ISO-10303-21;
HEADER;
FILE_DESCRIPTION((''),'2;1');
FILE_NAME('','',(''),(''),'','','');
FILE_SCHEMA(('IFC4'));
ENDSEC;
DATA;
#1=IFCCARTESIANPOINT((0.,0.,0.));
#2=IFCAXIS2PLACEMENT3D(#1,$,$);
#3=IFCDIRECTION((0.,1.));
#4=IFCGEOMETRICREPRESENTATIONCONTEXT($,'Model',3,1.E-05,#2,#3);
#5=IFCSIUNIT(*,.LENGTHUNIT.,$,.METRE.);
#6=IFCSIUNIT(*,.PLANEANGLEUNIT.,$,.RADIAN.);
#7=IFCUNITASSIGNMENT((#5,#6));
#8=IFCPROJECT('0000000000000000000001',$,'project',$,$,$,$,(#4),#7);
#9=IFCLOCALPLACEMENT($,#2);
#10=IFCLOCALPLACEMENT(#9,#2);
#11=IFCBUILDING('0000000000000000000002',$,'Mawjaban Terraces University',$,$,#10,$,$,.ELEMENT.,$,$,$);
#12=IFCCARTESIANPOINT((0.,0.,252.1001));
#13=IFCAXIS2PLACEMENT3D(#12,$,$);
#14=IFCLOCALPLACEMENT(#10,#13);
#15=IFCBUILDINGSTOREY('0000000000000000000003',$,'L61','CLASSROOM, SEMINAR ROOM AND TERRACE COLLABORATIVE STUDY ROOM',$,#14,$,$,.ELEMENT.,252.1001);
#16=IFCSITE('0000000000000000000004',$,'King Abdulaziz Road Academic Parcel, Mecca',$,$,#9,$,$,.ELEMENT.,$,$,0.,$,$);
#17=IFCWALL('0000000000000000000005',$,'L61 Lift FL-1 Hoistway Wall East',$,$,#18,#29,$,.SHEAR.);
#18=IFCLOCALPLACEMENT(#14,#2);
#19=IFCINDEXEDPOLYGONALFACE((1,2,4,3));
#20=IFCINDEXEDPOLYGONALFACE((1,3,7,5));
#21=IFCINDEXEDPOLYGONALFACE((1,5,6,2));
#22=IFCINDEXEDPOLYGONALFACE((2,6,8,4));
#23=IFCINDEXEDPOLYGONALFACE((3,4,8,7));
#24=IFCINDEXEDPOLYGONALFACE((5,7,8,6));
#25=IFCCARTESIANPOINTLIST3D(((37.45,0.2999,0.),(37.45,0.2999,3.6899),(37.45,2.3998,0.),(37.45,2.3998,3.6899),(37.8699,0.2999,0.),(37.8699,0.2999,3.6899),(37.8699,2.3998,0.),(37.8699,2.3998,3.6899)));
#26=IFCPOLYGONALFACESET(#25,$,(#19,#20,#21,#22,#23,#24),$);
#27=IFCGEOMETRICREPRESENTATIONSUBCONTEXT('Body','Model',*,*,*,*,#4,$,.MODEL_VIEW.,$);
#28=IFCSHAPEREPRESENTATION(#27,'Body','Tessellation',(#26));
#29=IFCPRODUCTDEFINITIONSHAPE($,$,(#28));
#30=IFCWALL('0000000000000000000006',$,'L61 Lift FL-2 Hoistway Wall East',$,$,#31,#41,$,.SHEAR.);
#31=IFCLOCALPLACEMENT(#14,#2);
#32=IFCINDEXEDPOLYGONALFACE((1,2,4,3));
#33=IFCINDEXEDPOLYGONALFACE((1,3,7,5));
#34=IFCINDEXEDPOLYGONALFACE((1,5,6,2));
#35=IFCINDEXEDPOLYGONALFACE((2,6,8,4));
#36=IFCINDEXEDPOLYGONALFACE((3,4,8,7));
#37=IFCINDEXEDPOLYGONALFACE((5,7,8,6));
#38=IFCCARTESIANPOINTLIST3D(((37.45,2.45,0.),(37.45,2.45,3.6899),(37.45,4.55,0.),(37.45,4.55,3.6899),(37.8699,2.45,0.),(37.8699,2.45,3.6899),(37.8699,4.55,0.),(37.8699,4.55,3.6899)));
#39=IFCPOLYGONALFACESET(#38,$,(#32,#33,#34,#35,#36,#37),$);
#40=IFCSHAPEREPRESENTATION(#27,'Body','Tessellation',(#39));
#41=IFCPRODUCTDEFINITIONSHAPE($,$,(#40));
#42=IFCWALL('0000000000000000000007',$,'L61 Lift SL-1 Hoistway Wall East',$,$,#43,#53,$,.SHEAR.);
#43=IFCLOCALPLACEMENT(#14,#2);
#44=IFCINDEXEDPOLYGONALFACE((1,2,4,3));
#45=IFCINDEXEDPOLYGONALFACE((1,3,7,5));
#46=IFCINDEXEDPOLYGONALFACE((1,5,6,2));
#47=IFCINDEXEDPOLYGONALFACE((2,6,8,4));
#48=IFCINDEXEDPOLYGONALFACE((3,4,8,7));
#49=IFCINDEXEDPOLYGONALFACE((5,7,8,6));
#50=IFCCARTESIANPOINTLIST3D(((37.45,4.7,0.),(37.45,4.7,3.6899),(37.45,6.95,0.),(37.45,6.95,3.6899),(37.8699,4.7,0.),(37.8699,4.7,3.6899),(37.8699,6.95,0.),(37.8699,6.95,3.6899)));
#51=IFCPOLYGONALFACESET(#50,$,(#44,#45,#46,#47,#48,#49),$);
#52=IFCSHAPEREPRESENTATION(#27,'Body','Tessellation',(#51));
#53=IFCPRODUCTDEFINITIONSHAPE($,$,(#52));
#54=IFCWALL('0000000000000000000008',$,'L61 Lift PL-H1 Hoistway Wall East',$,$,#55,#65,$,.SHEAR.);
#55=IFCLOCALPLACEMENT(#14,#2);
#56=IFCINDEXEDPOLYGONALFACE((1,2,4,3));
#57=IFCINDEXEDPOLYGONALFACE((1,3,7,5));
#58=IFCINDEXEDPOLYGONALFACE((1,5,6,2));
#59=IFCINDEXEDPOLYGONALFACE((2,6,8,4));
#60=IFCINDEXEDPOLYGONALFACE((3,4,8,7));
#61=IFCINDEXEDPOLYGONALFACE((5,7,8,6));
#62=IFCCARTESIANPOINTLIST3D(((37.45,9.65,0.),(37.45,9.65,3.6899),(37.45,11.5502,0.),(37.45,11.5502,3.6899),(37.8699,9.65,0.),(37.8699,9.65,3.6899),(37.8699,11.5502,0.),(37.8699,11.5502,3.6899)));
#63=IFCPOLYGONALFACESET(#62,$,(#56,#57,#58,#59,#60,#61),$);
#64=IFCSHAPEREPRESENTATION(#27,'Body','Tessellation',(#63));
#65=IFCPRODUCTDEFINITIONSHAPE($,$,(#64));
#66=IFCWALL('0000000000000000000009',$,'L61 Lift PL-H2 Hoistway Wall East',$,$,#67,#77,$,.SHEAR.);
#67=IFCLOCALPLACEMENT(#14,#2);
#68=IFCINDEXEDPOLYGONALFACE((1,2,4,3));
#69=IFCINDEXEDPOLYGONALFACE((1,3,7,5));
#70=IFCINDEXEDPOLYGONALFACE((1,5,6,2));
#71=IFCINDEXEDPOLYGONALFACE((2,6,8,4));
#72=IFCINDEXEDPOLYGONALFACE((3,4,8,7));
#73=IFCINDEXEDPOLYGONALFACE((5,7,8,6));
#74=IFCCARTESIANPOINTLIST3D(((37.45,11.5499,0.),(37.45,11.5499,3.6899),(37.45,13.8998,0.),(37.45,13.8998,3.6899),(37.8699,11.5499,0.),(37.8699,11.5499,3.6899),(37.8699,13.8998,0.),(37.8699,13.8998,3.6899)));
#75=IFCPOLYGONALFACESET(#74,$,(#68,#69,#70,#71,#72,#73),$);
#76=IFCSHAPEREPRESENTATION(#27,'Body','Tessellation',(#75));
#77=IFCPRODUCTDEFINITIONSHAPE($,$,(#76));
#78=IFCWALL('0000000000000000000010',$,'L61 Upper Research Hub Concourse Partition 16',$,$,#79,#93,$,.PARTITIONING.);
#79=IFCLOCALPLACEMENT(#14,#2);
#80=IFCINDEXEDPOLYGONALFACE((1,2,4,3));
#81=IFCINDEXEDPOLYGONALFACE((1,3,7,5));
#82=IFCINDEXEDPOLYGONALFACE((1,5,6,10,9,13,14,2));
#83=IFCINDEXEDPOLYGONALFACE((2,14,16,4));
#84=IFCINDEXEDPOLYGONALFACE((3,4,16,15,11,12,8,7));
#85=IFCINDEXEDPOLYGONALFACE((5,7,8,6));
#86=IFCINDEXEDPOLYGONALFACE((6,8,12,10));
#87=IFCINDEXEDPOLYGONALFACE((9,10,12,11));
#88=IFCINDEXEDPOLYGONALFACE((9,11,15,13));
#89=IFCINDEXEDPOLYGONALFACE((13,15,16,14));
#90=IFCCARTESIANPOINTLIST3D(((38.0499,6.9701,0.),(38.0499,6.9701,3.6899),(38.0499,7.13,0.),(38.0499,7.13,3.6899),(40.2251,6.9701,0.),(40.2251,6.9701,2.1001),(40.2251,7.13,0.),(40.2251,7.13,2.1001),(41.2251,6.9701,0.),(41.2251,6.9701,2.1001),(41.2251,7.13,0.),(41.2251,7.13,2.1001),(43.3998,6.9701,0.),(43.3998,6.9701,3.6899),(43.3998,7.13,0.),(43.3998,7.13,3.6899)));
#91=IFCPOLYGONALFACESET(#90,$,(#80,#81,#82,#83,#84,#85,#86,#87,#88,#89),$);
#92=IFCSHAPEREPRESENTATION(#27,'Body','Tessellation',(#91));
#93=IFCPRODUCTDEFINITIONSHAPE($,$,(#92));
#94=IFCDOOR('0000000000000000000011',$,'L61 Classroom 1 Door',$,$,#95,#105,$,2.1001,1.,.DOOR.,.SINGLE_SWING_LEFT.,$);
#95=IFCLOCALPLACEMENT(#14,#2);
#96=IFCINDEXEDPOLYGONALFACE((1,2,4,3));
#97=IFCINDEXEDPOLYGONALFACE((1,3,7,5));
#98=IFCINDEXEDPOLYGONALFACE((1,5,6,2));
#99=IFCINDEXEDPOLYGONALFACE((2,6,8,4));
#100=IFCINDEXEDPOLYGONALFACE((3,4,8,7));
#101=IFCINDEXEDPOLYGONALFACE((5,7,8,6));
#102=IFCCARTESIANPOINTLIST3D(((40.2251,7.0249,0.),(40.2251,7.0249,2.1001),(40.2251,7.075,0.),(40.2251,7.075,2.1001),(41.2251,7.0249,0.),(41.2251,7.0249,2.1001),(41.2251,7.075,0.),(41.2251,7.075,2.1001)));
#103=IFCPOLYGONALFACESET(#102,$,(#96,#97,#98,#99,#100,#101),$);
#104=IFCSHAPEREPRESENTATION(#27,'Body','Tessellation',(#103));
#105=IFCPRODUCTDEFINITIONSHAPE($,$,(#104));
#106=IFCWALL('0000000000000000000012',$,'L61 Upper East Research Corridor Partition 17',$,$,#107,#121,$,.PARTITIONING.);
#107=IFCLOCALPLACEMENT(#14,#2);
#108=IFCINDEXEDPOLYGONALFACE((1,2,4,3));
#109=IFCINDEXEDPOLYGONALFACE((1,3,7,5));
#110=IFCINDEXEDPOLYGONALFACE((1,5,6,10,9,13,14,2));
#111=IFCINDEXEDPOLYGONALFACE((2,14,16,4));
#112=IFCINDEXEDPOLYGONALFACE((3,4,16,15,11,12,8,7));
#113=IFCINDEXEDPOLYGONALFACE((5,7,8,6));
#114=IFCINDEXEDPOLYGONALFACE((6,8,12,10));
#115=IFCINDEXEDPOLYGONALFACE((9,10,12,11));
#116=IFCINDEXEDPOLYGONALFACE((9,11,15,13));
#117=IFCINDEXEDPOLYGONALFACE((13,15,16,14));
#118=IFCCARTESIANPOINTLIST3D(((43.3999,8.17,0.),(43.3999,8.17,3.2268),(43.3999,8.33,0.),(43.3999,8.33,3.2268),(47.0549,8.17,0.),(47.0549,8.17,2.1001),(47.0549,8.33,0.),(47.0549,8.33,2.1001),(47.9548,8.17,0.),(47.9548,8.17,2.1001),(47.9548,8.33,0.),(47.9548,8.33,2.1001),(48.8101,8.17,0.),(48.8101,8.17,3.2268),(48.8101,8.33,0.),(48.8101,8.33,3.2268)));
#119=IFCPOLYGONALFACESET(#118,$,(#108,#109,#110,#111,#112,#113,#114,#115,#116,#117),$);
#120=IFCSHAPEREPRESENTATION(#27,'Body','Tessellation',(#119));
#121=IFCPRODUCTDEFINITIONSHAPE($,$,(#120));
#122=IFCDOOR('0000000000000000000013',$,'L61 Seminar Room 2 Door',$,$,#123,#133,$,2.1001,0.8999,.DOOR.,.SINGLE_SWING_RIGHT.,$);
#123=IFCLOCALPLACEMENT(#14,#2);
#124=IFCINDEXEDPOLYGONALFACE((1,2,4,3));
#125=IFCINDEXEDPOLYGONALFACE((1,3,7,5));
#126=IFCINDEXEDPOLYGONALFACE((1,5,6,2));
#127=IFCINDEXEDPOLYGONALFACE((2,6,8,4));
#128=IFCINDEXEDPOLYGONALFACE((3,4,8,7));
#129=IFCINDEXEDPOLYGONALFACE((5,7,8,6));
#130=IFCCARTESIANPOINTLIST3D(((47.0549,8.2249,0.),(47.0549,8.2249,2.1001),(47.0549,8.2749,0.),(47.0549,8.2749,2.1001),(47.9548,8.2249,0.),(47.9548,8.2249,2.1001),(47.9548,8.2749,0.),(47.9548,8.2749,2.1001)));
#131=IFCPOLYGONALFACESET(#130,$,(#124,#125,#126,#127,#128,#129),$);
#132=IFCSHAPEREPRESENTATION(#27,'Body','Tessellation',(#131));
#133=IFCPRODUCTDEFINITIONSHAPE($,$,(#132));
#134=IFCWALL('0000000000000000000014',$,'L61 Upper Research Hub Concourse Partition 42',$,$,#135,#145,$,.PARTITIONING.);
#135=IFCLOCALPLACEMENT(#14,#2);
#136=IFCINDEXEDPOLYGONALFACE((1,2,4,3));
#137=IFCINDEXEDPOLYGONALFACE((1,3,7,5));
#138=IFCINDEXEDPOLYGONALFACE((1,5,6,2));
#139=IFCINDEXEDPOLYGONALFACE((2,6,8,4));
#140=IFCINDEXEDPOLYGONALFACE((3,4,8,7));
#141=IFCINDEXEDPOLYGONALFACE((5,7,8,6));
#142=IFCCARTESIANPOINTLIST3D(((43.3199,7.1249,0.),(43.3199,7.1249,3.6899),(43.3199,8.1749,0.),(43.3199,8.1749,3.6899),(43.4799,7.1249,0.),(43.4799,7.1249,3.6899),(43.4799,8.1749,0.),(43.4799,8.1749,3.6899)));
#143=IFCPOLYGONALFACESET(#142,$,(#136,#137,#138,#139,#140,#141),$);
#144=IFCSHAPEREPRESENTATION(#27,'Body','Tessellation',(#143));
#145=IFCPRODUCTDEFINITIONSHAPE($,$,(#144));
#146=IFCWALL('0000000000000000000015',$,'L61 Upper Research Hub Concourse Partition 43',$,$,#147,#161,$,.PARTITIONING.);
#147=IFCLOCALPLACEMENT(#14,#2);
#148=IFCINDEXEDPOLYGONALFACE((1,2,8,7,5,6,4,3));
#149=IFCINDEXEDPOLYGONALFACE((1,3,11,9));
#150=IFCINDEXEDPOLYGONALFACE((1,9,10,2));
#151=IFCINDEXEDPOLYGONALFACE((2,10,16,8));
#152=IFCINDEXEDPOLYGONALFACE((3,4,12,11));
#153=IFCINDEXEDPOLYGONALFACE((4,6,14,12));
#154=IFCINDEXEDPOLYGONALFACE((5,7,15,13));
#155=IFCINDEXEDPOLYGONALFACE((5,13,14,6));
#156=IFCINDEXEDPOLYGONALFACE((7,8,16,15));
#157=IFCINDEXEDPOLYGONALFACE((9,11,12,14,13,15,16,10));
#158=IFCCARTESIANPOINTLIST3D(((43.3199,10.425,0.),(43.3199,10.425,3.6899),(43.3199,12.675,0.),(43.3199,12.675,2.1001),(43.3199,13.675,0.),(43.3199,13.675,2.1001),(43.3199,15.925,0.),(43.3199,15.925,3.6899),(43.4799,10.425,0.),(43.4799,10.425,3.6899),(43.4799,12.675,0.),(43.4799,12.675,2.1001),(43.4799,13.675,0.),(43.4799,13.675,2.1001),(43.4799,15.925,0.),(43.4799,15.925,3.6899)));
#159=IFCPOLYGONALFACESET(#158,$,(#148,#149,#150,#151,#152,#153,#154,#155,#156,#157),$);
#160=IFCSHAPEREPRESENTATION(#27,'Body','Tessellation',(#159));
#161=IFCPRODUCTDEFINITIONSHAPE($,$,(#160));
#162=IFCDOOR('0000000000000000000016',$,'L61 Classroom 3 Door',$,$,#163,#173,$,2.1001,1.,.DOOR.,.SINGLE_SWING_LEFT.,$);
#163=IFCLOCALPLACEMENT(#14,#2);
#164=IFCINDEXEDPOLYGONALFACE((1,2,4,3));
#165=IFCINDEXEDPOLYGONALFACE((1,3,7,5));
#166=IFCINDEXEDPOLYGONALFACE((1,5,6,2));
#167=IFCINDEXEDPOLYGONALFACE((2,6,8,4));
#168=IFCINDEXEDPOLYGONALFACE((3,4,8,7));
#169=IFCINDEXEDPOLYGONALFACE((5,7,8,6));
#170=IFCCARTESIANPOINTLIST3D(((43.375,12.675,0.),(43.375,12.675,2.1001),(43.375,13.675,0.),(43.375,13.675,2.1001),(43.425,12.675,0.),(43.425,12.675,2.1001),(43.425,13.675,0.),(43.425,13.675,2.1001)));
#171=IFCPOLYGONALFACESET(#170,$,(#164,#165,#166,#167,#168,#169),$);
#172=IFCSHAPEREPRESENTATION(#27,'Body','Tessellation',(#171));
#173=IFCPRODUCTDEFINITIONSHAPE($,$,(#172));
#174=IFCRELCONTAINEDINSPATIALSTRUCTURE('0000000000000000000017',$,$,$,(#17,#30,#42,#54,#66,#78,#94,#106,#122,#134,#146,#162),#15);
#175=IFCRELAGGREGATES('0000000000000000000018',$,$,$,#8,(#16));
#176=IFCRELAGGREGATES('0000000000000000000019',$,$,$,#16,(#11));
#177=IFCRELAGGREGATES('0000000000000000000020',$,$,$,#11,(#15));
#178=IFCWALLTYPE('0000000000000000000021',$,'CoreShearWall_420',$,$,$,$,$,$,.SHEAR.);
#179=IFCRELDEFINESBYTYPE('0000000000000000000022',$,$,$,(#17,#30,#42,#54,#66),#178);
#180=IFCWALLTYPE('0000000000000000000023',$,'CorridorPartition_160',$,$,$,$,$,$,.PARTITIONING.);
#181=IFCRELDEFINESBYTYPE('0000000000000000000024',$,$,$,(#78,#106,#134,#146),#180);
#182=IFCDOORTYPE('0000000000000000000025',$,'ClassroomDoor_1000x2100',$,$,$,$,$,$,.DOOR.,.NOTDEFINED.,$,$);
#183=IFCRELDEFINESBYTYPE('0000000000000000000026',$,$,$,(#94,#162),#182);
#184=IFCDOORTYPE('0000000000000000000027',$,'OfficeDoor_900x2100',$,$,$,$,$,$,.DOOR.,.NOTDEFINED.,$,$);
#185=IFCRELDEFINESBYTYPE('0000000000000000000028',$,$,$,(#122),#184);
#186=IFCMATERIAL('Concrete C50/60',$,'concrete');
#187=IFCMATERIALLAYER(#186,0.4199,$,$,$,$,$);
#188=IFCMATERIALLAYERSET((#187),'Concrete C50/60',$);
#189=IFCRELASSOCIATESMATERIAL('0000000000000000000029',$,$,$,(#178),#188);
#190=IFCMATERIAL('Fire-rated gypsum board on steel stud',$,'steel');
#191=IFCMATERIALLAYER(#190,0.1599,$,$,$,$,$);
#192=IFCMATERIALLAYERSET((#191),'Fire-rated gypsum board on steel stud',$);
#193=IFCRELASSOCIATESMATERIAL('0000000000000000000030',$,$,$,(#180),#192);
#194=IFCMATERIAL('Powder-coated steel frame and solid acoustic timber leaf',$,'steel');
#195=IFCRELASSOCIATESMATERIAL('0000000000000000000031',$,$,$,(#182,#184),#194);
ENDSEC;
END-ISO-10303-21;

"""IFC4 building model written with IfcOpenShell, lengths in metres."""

from ifc_helpers import new_model, si_unit, direction, frame, frame_2d, origin, place, context, subcontext, project, spatial, rectangle, extrude, material, layer, layer_set, type_object, element, fill, save


model = new_model("IFC4")

# Units and contexts
model_context = context("Model", 3, precision=1e-05, world=origin(), true_north=direction((0.0, 1.0)))
body_context = subcontext(model_context, "Body", "Model", "MODEL_VIEW")
ifc_project = project(units=[si_unit("LENGTHUNIT", "METRE"), si_unit("PLANEANGLEUNIT", "RADIAN")], contexts=[model_context])

# Site, building, storey
site_placement = place(None, origin())
site = spatial("IfcSite", under=ifc_project, at=site_placement, Name="King Abdulaziz Road Academic Parcel, Mecca", CompositionType="ELEMENT", RefElevation=0.0)
building_placement = place(site_placement, origin())
building = spatial("IfcBuilding", under=site, at=building_placement, Name="Mawjaban Terraces University", CompositionType="ELEMENT")
storey_placement = place(building_placement, frame((0.0, 0.0, 252.1001)))
storey = spatial("IfcBuildingStorey", under=building, at=storey_placement, Name="L61", Description="CLASSROOM, SEMINAR ROOM AND TERRACE COLLABORATIVE STUDY ROOM", CompositionType="ELEMENT", Elevation=252.1001)

# Shared definitions
ifc_material_1 = material(Name="Concrete C50/60", Category="concrete")

# Walls
ifc_layer_1 = layer(ifc_material_1, 0.4199)
ifc_layer_set_1 = layer_set([ifc_layer_1], Name="Concrete C50/60")
wall_type_1 = type_object("IfcWallType", Name="CoreShearWall_420", PredefinedType="SHEAR", material=ifc_layer_set_1)
wall_1_placement = place(storey_placement, frame((37.6599, 0.3, 0.0), z_axis=(0.0, 0.0, 1.0), x_axis=(0.0, 1.0, 0.0)))
element("IfcWall", 1, at=wall_1_placement, inside=storey, type_object=wall_type_1, Name="L61 Lift FL-1 Hoistway Wall East", PredefinedType="SHEAR", context=body_context, shape_type="SweptSolid", body=[
    extrude(rectangle(XDim=2.0999, YDim=0.4199, at=frame_2d((1.0498, 0.0))), origin(), (0.0, 0.0, 1.0), 3.6899),
])
wall_2_placement = place(storey_placement, frame((37.6599, 2.45, 0.0), z_axis=(0.0, 0.0, 1.0), x_axis=(0.0, 1.0, 0.0)))
element("IfcWall", 2, at=wall_2_placement, inside=storey, type_object=wall_type_1, Name="L61 Lift FL-2 Hoistway Wall East", PredefinedType="SHEAR", context=body_context, shape_type="SweptSolid", body=[
    extrude(rectangle(XDim=2.1001, YDim=0.4199, at=frame_2d((1.05, 0.0))), origin(), (0.0, 0.0, 1.0), 3.6899),
])
wall_3_placement = place(storey_placement, frame((37.6599, 4.7, 0.0), z_axis=(0.0, 0.0, 1.0), x_axis=(0.0, 1.0, 0.0)))
element("IfcWall", 3, at=wall_3_placement, inside=storey, type_object=wall_type_1, Name="L61 Lift SL-1 Hoistway Wall East", PredefinedType="SHEAR", context=body_context, shape_type="SweptSolid", body=[
    extrude(rectangle(XDim=2.25, YDim=0.4199, at=frame_2d((1.125, 0.0))), origin(), (0.0, 0.0, 1.0), 3.6899),
])
wall_4_placement = place(storey_placement, frame((37.6599, 9.6499, 0.0), z_axis=(0.0, 0.0, 1.0), x_axis=(0.0, 1.0, 0.0)))
element("IfcWall", 4, at=wall_4_placement, inside=storey, type_object=wall_type_1, Name="L61 Lift PL-H1 Hoistway Wall East", PredefinedType="SHEAR", context=body_context, shape_type="SweptSolid", body=[
    extrude(rectangle(XDim=1.9001, YDim=0.4199, at=frame_2d((0.9502, 0.0))), origin(), (0.0, 0.0, 1.0), 3.6899),
])
wall_5_placement = place(storey_placement, frame((37.6599, 11.55, 0.0), z_axis=(0.0, 0.0, 1.0), x_axis=(0.0, 1.0, 0.0)))
element("IfcWall", 5, at=wall_5_placement, inside=storey, type_object=wall_type_1, Name="L61 Lift PL-H2 Hoistway Wall East", PredefinedType="SHEAR", context=body_context, shape_type="SweptSolid", body=[
    extrude(rectangle(XDim=2.3499, YDim=0.4199, at=frame_2d((1.1748, 0.0))), origin(), (0.0, 0.0, 1.0), 3.6899),
])

# Walls, openings, doors
ifc_material_2 = material(Name="Fire-rated gypsum board on steel stud", Category="steel")
ifc_layer_2 = layer(ifc_material_2, 0.1599)
ifc_layer_set_2 = layer_set([ifc_layer_2], Name="Fire-rated gypsum board on steel stud")
wall_type_2 = type_object("IfcWallType", Name="CorridorPartition_160", PredefinedType="PARTITIONING", material=ifc_layer_set_2)
wall_6_placement = place(storey_placement, frame((38.05, 7.05, 0.0), z_axis=(0.0, 0.0, 1.0), x_axis=(1.0, 0.0, 0.0)))
wall_6 = element("IfcWall", 6, at=wall_6_placement, inside=storey, type_object=wall_type_2, Name="L61 Upper Research Hub Concourse Partition 16", PredefinedType="PARTITIONING", context=body_context, shape_type="SweptSolid", body=[
    extrude(rectangle(XDim=5.3499, YDim=0.1599, at=frame_2d((2.6748, 0.0))), origin(), (0.0, 0.0, 1.0), 3.6899),
])
opening_1_placement = place(wall_6_placement, frame((2.175, 0.0, 0.0)))
opening_1 = element("IfcOpeningElement", 7, at=opening_1_placement, cuts=wall_6, PredefinedType="OPENING", context=body_context, shape_type="SweptSolid", body=[
    extrude(rectangle(XDim=1.0, YDim=2.1001, at=frame_2d((0.5, 1.05))), frame((0.0, 0.0898, 0.0), z_axis=(0.0, -1.0, 0.0), x_axis=(1.0, 0.0, 0.0)), (0.0, 0.0, 1.0), 0.1799),
])
ifc_material_3 = material(Name="Powder-coated steel frame and solid acoustic timber leaf", Category="steel")
door_type_1 = type_object("IfcDoorType", Name="ClassroomDoor_1000x2100", OperationType="NOTDEFINED", PredefinedType="DOOR", material=ifc_material_3)
door_1_placement = place(opening_1_placement, origin())
door_1 = element("IfcDoor", 8, at=door_1_placement, inside=storey, type_object=door_type_1, Name="L61 Classroom 1 Door", OperationType="SINGLE_SWING_LEFT", OverallHeight=2.1001, OverallWidth=1.0, PredefinedType="DOOR", context=body_context, shape_type="SweptSolid", body=[
    extrude(rectangle(XDim=1.0, YDim=2.1001, at=frame_2d((0.5, 1.05))), frame((0.0, 0.0249, 0.0), z_axis=(0.0, -1.0, 0.0), x_axis=(1.0, 0.0, 0.0)), (0.0, 0.0, 1.0), 0.05),
])
fill(opening_1, door_1)
wall_7_placement = place(storey_placement, frame((43.3999, 8.25, 0.0), z_axis=(0.0, 0.0, 1.0), x_axis=(1.0, 0.0, 0.0)))
wall_7 = element("IfcWall", 9, at=wall_7_placement, inside=storey, type_object=wall_type_2, Name="L61 Upper East Research Corridor Partition 17", PredefinedType="PARTITIONING", context=body_context, shape_type="SweptSolid", body=[
    extrude(rectangle(XDim=5.4102, YDim=0.1599, at=frame_2d((2.7051, 0.0))), origin(), (0.0, 0.0, 1.0), 3.2268),
])
opening_2_placement = place(wall_7_placement, frame((3.655, 0.0, 0.0)))
opening_2 = element("IfcOpeningElement", 10, at=opening_2_placement, cuts=wall_7, PredefinedType="OPENING", context=body_context, shape_type="SweptSolid", body=[
    extrude(rectangle(XDim=0.8999, YDim=2.1001, at=frame_2d((0.45, 1.05))), frame((0.0, 0.0898, 0.0), z_axis=(0.0, -1.0, 0.0), x_axis=(1.0, 0.0, 0.0)), (0.0, 0.0, 1.0), 0.1799),
])
door_type_2 = type_object("IfcDoorType", Name="OfficeDoor_900x2100", OperationType="NOTDEFINED", PredefinedType="DOOR", material=ifc_material_3)
door_2_placement = place(opening_2_placement, origin())
door_2 = element("IfcDoor", 11, at=door_2_placement, inside=storey, type_object=door_type_2, Name="L61 Seminar Room 2 Door", OperationType="SINGLE_SWING_RIGHT", OverallHeight=2.1001, OverallWidth=0.8999, PredefinedType="DOOR", context=body_context, shape_type="SweptSolid", body=[
    extrude(rectangle(XDim=0.8999, YDim=2.1001, at=frame_2d((0.45, 1.05))), frame((0.0, 0.0249, 0.0), z_axis=(0.0, -1.0, 0.0), x_axis=(1.0, 0.0, 0.0)), (0.0, 0.0, 1.0), 0.05),
])
fill(opening_2, door_2)

# Wall
wall_8_placement = place(storey_placement, frame((43.3999, 7.125, 0.0), z_axis=(0.0, 0.0, 1.0), x_axis=(0.0, 1.0, 0.0)))
element("IfcWall", 12, at=wall_8_placement, inside=storey, type_object=wall_type_2, Name="L61 Upper Research Hub Concourse Partition 42", PredefinedType="PARTITIONING", context=body_context, shape_type="SweptSolid", body=[
    extrude(rectangle(XDim=1.05, YDim=0.1599, at=frame_2d((0.5249, 0.0))), origin(), (0.0, 0.0, 1.0), 3.6899),
])

# Wall, opening, door
wall_9_placement = place(storey_placement, frame((43.3999, 10.425, 0.0), z_axis=(0.0, 0.0, 1.0), x_axis=(0.0, 1.0, 0.0)))
wall_9 = element("IfcWall", 13, at=wall_9_placement, inside=storey, type_object=wall_type_2, Name="L61 Upper Research Hub Concourse Partition 43", PredefinedType="PARTITIONING", context=body_context, shape_type="SweptSolid", body=[
    extrude(rectangle(XDim=5.5, YDim=0.1599, at=frame_2d((2.75, 0.0))), origin(), (0.0, 0.0, 1.0), 3.6899),
])
opening_3_placement = place(wall_9_placement, frame((2.25, 0.0, 0.0)))
opening_3 = element("IfcOpeningElement", 14, at=opening_3_placement, cuts=wall_9, PredefinedType="OPENING", context=body_context, shape_type="SweptSolid", body=[
    extrude(rectangle(XDim=1.0, YDim=2.1001, at=frame_2d((0.5, 1.05))), frame((0.0, 0.0898, 0.0), z_axis=(0.0, -1.0, 0.0), x_axis=(1.0, 0.0, 0.0)), (0.0, 0.0, 1.0), 0.1799),
])
door_3_placement = place(opening_3_placement, origin())
door_3 = element("IfcDoor", 15, at=door_3_placement, inside=storey, type_object=door_type_1, Name="L61 Classroom 3 Door", OperationType="SINGLE_SWING_LEFT", OverallHeight=2.1001, OverallWidth=1.0, PredefinedType="DOOR", context=body_context, shape_type="SweptSolid", body=[
    extrude(rectangle(XDim=1.0, YDim=2.1001, at=frame_2d((0.5, 1.05))), frame((0.0, 0.0249, 0.0), z_axis=(0.0, -1.0, 0.0), x_axis=(1.0, 0.0, 0.0)), (0.0, 0.0, 1.0), 0.05),
])
fill(opening_3, door_3)

save(model, "model.ifc")
